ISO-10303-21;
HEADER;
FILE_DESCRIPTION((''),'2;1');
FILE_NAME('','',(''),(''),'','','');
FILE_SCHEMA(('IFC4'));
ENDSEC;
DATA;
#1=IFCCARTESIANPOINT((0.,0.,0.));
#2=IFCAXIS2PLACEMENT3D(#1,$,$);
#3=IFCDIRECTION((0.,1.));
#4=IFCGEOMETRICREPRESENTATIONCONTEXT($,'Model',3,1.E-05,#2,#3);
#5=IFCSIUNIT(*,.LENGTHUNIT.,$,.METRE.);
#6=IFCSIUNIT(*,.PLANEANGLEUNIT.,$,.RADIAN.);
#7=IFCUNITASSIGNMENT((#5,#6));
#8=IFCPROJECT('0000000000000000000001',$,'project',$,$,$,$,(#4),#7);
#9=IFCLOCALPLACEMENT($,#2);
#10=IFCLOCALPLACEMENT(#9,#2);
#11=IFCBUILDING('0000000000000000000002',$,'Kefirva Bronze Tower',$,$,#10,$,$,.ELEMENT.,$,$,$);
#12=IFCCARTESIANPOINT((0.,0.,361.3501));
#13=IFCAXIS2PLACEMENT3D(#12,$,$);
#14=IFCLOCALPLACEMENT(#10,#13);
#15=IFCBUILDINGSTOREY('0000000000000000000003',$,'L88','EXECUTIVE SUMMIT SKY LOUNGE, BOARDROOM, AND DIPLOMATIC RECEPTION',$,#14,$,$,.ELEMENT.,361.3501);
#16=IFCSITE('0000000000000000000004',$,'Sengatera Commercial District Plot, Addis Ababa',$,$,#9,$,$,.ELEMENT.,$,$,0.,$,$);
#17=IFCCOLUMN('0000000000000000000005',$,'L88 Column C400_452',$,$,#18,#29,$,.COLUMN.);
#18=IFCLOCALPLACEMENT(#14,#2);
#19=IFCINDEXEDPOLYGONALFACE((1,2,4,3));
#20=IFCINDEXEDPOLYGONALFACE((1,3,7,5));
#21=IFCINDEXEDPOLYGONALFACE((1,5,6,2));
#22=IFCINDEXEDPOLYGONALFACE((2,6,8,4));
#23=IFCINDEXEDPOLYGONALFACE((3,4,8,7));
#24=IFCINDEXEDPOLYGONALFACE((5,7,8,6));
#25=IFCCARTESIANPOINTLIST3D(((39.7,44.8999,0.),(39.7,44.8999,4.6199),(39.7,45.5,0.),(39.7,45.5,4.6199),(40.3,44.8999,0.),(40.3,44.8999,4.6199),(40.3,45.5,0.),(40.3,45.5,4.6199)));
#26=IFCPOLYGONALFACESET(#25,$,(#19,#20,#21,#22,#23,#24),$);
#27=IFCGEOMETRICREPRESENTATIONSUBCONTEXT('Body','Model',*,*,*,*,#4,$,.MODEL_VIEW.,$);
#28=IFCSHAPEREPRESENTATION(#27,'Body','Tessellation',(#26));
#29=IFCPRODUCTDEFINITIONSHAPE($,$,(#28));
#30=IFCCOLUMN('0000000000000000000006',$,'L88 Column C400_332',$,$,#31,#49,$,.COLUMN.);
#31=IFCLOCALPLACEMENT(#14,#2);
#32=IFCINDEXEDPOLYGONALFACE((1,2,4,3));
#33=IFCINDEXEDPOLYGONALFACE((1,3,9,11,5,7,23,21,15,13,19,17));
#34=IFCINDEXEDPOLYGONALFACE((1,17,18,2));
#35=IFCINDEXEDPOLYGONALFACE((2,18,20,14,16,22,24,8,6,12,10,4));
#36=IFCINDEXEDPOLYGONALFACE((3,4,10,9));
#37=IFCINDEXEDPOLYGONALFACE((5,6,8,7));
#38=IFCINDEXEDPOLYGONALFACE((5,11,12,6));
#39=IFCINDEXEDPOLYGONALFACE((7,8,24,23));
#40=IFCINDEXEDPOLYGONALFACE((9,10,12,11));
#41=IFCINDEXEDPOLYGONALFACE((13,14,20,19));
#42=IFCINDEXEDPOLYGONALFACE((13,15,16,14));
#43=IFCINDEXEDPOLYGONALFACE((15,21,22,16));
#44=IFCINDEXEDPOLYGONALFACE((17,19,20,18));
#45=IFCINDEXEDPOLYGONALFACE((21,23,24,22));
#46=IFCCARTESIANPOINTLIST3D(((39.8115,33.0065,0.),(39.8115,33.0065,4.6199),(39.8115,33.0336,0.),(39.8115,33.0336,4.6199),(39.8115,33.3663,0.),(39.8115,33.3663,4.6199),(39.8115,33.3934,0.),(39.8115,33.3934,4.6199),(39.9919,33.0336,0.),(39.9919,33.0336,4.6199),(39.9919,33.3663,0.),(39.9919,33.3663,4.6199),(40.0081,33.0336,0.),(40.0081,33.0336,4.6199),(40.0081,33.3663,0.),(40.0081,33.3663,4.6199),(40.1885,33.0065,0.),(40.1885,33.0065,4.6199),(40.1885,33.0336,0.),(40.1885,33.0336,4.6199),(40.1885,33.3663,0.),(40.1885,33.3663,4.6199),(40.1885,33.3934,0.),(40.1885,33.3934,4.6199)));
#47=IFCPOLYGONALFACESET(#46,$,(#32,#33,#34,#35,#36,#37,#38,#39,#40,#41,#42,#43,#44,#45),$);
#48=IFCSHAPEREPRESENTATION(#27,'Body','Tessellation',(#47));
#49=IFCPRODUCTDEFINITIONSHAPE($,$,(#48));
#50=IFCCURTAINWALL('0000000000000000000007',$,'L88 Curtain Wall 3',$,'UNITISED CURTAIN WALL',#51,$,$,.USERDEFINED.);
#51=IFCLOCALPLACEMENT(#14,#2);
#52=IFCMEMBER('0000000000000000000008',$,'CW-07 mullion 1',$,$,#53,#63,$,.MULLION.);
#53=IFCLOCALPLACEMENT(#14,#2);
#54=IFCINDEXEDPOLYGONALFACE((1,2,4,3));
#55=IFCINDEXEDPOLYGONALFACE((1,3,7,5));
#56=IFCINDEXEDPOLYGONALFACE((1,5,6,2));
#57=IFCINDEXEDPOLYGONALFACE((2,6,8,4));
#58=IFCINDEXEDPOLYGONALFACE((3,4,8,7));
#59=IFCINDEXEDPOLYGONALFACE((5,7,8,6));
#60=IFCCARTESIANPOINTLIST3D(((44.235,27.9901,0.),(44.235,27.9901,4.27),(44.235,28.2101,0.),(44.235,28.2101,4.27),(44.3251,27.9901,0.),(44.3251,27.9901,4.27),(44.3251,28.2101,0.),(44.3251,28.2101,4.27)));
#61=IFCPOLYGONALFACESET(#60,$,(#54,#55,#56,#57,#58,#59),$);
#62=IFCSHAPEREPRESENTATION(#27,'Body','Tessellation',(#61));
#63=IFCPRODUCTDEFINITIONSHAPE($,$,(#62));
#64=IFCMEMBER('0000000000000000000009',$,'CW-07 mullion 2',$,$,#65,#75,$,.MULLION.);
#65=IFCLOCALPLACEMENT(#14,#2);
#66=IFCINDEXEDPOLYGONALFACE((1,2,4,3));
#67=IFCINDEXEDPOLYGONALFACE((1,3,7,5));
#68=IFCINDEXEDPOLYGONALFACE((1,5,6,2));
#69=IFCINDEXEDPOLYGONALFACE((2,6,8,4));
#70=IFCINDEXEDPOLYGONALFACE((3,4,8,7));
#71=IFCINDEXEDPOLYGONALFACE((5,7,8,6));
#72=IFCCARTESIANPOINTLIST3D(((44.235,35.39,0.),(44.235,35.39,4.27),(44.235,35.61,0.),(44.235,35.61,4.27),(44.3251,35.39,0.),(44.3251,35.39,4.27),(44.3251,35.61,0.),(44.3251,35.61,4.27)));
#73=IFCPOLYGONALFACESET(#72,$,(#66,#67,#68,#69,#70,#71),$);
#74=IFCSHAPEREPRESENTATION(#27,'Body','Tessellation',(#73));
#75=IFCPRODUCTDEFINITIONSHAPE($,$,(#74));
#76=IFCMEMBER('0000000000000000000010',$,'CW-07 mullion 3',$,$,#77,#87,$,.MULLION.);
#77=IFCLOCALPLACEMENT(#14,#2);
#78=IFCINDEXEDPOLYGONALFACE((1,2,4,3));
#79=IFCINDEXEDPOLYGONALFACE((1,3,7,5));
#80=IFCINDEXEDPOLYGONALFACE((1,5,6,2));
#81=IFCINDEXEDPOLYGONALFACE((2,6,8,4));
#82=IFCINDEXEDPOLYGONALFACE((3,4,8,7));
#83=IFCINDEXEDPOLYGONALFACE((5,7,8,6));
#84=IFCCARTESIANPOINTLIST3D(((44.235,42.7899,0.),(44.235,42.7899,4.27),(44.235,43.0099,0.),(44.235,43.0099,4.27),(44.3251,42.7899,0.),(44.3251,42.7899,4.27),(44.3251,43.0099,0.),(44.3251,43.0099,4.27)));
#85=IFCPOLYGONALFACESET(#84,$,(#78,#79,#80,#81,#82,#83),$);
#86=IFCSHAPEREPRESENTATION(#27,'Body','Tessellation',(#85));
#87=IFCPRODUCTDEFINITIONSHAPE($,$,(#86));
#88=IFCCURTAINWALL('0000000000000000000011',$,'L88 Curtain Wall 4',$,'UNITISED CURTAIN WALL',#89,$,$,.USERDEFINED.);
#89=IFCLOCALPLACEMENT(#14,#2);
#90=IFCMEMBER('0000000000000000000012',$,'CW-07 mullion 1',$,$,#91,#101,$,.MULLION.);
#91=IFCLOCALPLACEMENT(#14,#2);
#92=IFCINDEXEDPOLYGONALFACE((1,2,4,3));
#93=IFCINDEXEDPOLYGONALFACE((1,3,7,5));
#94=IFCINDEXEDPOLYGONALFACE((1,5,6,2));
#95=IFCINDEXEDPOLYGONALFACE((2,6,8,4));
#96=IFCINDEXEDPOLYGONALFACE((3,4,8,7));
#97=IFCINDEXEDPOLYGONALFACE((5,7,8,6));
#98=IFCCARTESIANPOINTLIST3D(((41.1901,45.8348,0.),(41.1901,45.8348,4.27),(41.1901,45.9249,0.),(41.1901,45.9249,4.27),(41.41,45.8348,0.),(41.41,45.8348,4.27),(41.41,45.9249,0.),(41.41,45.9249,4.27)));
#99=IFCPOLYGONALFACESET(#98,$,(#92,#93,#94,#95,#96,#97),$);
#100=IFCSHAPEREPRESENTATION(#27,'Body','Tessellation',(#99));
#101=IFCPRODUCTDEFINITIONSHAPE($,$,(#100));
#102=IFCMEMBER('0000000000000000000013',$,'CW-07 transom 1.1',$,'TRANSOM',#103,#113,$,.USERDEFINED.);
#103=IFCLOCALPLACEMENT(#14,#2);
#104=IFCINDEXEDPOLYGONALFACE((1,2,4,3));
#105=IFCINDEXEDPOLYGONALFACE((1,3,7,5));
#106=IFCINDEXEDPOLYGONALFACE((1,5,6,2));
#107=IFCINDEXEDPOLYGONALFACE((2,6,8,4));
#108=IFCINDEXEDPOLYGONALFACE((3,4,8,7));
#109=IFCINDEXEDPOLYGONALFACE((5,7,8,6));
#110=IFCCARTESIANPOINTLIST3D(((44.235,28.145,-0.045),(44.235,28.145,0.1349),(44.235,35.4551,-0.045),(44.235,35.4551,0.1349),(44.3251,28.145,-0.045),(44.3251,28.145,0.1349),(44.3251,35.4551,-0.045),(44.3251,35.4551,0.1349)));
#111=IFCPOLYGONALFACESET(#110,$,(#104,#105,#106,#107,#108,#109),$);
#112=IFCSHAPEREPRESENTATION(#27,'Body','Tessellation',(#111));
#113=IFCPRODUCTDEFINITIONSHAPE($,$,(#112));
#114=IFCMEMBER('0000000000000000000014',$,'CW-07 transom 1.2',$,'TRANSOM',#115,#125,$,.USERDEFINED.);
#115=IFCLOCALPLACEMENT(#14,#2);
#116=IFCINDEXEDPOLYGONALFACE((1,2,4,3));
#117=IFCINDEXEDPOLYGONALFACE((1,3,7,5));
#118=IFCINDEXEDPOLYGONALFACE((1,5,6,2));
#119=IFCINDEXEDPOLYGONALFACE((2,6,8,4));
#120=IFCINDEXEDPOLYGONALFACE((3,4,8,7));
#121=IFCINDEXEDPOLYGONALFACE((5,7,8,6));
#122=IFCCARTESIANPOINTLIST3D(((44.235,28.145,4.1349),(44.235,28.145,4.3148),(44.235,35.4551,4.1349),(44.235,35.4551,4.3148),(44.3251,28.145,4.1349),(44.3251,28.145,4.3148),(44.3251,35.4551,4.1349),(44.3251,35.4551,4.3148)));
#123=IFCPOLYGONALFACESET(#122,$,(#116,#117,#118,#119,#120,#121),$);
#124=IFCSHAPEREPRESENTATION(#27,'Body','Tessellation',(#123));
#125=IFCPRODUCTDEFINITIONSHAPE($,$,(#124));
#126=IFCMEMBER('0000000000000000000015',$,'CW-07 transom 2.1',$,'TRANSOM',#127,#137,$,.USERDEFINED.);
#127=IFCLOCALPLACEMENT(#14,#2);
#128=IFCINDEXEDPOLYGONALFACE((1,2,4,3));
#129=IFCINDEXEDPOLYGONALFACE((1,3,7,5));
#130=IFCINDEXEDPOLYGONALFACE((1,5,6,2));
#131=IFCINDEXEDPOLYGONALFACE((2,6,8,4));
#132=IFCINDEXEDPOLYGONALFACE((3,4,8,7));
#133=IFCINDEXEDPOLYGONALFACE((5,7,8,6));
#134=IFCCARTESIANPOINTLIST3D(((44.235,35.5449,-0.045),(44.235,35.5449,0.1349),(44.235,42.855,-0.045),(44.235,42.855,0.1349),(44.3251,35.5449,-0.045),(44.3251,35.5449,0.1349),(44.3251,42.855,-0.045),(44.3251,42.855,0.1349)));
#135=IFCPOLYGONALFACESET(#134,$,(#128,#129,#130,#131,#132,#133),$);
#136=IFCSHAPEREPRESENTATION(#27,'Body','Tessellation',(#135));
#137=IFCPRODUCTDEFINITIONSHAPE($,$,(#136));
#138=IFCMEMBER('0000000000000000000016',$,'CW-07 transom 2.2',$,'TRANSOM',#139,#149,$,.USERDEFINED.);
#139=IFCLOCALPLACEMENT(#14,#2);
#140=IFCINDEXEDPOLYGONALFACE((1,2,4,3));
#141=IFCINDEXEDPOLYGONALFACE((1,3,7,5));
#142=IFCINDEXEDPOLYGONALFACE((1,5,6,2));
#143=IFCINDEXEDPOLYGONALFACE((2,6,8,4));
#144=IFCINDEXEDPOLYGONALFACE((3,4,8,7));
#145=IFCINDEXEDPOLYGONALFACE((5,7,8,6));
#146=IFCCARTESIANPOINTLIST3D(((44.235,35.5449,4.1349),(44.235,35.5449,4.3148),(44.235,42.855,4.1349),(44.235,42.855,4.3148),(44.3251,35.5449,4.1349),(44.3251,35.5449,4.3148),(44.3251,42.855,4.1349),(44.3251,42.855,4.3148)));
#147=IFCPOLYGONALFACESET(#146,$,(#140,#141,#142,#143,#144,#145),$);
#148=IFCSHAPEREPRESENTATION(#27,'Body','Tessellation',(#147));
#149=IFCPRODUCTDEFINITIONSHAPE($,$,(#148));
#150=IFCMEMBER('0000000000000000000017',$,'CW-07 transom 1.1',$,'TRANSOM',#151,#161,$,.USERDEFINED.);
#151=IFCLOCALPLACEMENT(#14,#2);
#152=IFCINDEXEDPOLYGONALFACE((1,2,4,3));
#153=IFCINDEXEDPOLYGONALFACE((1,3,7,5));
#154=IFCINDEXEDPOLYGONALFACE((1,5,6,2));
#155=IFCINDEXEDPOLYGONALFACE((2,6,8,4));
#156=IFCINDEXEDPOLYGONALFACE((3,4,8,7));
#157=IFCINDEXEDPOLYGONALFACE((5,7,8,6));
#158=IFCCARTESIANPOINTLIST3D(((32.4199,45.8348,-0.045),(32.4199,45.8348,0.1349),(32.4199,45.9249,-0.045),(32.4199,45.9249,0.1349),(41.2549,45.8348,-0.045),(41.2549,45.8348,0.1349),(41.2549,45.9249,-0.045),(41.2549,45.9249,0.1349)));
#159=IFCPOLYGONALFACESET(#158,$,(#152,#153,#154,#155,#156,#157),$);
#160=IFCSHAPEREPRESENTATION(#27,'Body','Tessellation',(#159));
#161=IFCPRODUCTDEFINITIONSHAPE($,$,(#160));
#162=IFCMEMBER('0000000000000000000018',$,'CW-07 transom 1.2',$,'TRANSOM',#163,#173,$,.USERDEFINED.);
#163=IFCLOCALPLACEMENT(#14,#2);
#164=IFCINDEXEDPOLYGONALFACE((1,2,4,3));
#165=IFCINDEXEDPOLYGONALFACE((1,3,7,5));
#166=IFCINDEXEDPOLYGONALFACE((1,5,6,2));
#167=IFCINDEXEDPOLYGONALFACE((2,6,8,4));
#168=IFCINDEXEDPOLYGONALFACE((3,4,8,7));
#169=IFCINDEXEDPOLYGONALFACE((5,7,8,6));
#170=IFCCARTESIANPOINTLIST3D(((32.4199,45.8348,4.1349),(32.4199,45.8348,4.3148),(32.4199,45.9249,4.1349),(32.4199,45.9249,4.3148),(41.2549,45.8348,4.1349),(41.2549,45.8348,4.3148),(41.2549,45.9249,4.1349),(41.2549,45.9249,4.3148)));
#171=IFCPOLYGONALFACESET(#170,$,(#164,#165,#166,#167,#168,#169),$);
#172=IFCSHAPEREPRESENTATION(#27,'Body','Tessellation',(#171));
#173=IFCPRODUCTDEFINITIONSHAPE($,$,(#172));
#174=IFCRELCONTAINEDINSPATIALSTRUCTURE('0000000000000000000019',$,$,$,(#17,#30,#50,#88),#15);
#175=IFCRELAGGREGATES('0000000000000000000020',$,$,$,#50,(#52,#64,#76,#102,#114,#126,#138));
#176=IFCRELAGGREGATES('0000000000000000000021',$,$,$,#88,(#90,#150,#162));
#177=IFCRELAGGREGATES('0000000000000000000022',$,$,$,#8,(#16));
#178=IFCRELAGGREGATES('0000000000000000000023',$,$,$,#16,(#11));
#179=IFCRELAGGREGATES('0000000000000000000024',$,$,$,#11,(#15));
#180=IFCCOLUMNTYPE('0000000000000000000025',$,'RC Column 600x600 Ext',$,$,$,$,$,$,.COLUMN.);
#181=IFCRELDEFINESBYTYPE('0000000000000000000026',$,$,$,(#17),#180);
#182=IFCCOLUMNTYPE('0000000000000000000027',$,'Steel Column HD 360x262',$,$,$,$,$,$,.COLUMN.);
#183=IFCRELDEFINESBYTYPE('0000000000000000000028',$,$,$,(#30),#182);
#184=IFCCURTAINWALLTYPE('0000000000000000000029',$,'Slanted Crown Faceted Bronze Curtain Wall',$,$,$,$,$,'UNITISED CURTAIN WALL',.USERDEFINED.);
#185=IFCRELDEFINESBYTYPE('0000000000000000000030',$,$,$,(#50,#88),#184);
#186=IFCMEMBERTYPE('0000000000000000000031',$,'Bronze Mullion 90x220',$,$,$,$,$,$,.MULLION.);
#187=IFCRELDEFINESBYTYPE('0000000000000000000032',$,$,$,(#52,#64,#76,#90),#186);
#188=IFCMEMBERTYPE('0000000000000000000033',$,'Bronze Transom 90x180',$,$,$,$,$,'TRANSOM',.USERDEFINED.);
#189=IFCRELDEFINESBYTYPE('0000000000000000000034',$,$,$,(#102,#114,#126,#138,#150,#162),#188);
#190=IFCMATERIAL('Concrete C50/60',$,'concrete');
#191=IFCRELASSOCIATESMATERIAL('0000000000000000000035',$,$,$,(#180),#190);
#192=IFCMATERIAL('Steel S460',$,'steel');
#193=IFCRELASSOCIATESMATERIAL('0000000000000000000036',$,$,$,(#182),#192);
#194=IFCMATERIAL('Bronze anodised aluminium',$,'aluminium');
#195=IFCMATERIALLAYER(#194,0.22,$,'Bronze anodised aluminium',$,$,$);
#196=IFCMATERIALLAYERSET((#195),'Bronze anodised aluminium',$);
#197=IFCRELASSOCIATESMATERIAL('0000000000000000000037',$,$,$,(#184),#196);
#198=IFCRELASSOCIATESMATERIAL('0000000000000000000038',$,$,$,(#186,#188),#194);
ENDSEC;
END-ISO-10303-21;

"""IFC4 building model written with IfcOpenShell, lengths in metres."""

from ifc_helpers import new_model, si_unit, direction, frame, origin, origin_2d, place, context, subcontext, project, spatial, rectangle, i_section, extrude, material, layer, layer_set, material_profile, profile_set, type_object, element, aggregate, save


model = new_model("IFC4")

# Units and contexts
model_context = context("Model", 3, precision=1e-05, world=origin(), true_north=direction((0.0, 1.0)))
body_context = subcontext(model_context, "Body", "Model", "MODEL_VIEW")
ifc_project = project(units=[si_unit("LENGTHUNIT", "METRE"), si_unit("PLANEANGLEUNIT", "RADIAN")], contexts=[model_context])

# Site, building, storey
site_placement = place(None, origin())
site = spatial("IfcSite", under=ifc_project, at=site_placement, Name="Sengatera Commercial District Plot, Addis Ababa", CompositionType="ELEMENT", RefElevation=0.0)
building_placement = place(site_placement, origin())
building = spatial("IfcBuilding", under=site, at=building_placement, Name="Kefirva Bronze Tower", CompositionType="ELEMENT")
storey_placement = place(building_placement, frame((0.0, 0.0, 361.3501)))
storey = spatial("IfcBuildingStorey", under=building, at=storey_placement, Name="L88", Description="EXECUTIVE SUMMIT SKY LOUNGE, BOARDROOM, AND DIPLOMATIC RECEPTION", CompositionType="ELEMENT", Elevation=361.3501)

# Columns
ifc_material_1 = material(Name="Concrete C50/60", Category="concrete")
ifc_material_profile_1 = material_profile(ifc_material_1, rectangle(XDim=0.6001, YDim=0.6001, at=origin_2d()), Name="RC 600x600")
ifc_profile_set_1 = profile_set([ifc_material_profile_1], Name="Concrete C50/60")
column_type_1 = type_object("IfcColumnType", Name="RC Column 600x600 Ext", PredefinedType="COLUMN", material=ifc_profile_set_1)
column_1_placement = place(storey_placement, frame((40.0, 45.2, 0.0), z_axis=(0.0, 0.0, 1.0), x_axis=(1.0, 0.0, 0.0)))
element("IfcColumn", 1, at=column_1_placement, inside=storey, type_object=column_type_1, Name="L88 Column C400_452", PredefinedType="COLUMN", context=body_context, shape_type="SweptSolid", body=[
    extrude(rectangle(XDim=0.6001, YDim=0.6001, at=origin_2d()), origin(), (0.0, 0.0, 1.0), 4.6199),
])
ifc_material_2 = material(Name="Steel S460", Category="steel")
ifc_material_profile_2 = material_profile(ifc_material_2, i_section(OverallWidth=0.377, OverallDepth=0.387, WebThickness=0.0161, FlangeThickness=0.0271, at=origin_2d()), Name="HD 360x262")
ifc_profile_set_2 = profile_set([ifc_material_profile_2], Name="Steel S460")
column_type_2 = type_object("IfcColumnType", Name="Steel Column HD 360x262", PredefinedType="COLUMN", material=ifc_profile_set_2)
column_2_placement = place(storey_placement, frame((40.0, 33.2, 0.0), z_axis=(0.0, 0.0, 1.0), x_axis=(1.0, 0.0, 0.0)))
element("IfcColumn", 2, at=column_2_placement, inside=storey, type_object=column_type_2, Name="L88 Column C400_332", PredefinedType="COLUMN", context=body_context, shape_type="SweptSolid", body=[
    extrude(i_section(OverallWidth=0.377, OverallDepth=0.387, WebThickness=0.0161, FlangeThickness=0.0271, at=origin_2d()), origin(), (0.0, 0.0, 1.0), 4.6199),
])

# Curtain wall, members
ifc_material_3 = material(Name="Bronze anodised aluminium", Category="aluminium")
ifc_layer_1 = layer(ifc_material_3, 0.22, Name="Bronze anodised aluminium")
ifc_layer_set_1 = layer_set([ifc_layer_1], Name="Bronze anodised aluminium")
curtain_wall_type = type_object("IfcCurtainWallType", Name="Slanted Crown Faceted Bronze Curtain Wall", ElementType="UNITISED CURTAIN WALL", PredefinedType="USERDEFINED", material=ifc_layer_set_1)
curtain_wall_1_placement = place(storey_placement, origin())
curtain_wall_1 = element("IfcCurtainWall", 3, at=curtain_wall_1_placement, inside=storey, type_object=curtain_wall_type, Name="L88 Curtain Wall 3", ObjectType="UNITISED CURTAIN WALL", PredefinedType="USERDEFINED")
ifc_material_profile_3 = material_profile(ifc_material_3, rectangle(XDim=0.0901, YDim=0.22, at=origin_2d()), Name="ALU 90x220")
ifc_profile_set_3 = profile_set([ifc_material_profile_3], Name="Bronze anodised aluminium")
member_type_1 = type_object("IfcMemberType", Name="Bronze Mullion 90x220", PredefinedType="MULLION", material=ifc_profile_set_3)
member_1_placement = place(storey_placement, frame((44.28, 28.1001, 0.0), z_axis=(0.0, 0.0, 1.0), x_axis=(-1.0, 0.0, 0.0)))
member_1 = element("IfcMember", 4, at=member_1_placement, type_object=member_type_1, Name="CW-07 mullion 1", PredefinedType="MULLION", context=body_context, shape_type="SweptSolid", body=[
    extrude(rectangle(XDim=0.0901, YDim=0.22, at=origin_2d()), origin(), (0.0, 0.0, 1.0), 4.27),
])
member_2_placement = place(storey_placement, frame((44.28, 35.5, 0.0), z_axis=(0.0, 0.0, 1.0), x_axis=(-1.0, 0.0, 0.0)))
member_2 = element("IfcMember", 5, at=member_2_placement, type_object=member_type_1, Name="CW-07 mullion 2", PredefinedType="MULLION", context=body_context, shape_type="SweptSolid", body=[
    extrude(rectangle(XDim=0.0901, YDim=0.22, at=origin_2d()), origin(), (0.0, 0.0, 1.0), 4.27),
])
member_3_placement = place(storey_placement, frame((44.28, 42.8999, 0.0), z_axis=(0.0, 0.0, 1.0), x_axis=(-1.0, 0.0, 0.0)))
member_3 = element("IfcMember", 6, at=member_3_placement, type_object=member_type_1, Name="CW-07 mullion 3", PredefinedType="MULLION", context=body_context, shape_type="SweptSolid", body=[
    extrude(rectangle(XDim=0.0901, YDim=0.22, at=origin_2d()), origin(), (0.0, 0.0, 1.0), 4.27),
])

# Curtain wall, member
curtain_wall_2_placement = place(storey_placement, origin())
curtain_wall_2 = element("IfcCurtainWall", 7, at=curtain_wall_2_placement, inside=storey, type_object=curtain_wall_type, Name="L88 Curtain Wall 4", ObjectType="UNITISED CURTAIN WALL", PredefinedType="USERDEFINED")
member_4_placement = place(storey_placement, frame((41.3, 45.8799, 0.0), z_axis=(0.0, 0.0, 1.0), x_axis=(0.0, -1.0, 0.0)))
member_4 = element("IfcMember", 8, at=member_4_placement, type_object=member_type_1, Name="CW-07 mullion 1", PredefinedType="MULLION", context=body_context, shape_type="SweptSolid", body=[
    extrude(rectangle(XDim=0.0901, YDim=0.22, at=origin_2d()), origin(), (0.0, 0.0, 1.0), 4.27),
])

# Members
ifc_material_profile_4 = material_profile(ifc_material_3, rectangle(XDim=0.0901, YDim=0.1799, at=origin_2d()), Name="ALU 90x180")
ifc_profile_set_4 = profile_set([ifc_material_profile_4], Name="Bronze anodised aluminium")
member_type_2 = type_object("IfcMemberType", Name="Bronze Transom 90x180", ElementType="TRANSOM", PredefinedType="USERDEFINED", material=ifc_profile_set_4)
member_5_placement = place(storey_placement, frame((44.28, 28.145, 0.0449), z_axis=(0.0, 1.0, 0.0), x_axis=(-1.0, 0.0, 0.0)))
member_5 = element("IfcMember", 9, at=member_5_placement, type_object=member_type_2, Name="CW-07 transom 1.1", ObjectType="TRANSOM", PredefinedType="USERDEFINED", context=body_context, shape_type="SweptSolid", body=[
    extrude(rectangle(XDim=0.0901, YDim=0.1799, at=origin_2d()), origin(), (0.0, 0.0, 1.0), 7.3101),
])
member_6_placement = place(storey_placement, frame((44.28, 28.145, 4.2249), z_axis=(0.0, 1.0, 0.0), x_axis=(-1.0, 0.0, 0.0)))
member_6 = element("IfcMember", 10, at=member_6_placement, type_object=member_type_2, Name="CW-07 transom 1.2", ObjectType="TRANSOM", PredefinedType="USERDEFINED", context=body_context, shape_type="SweptSolid", body=[
    extrude(rectangle(XDim=0.0901, YDim=0.1799, at=origin_2d()), origin(), (0.0, 0.0, 1.0), 7.3101),
])
member_7_placement = place(storey_placement, frame((44.28, 35.5449, 0.0449), z_axis=(0.0, 1.0, 0.0), x_axis=(-1.0, 0.0, 0.0)))
member_7 = element("IfcMember", 11, at=member_7_placement, type_object=member_type_2, Name="CW-07 transom 2.1", ObjectType="TRANSOM", PredefinedType="USERDEFINED", context=body_context, shape_type="SweptSolid", body=[
    extrude(rectangle(XDim=0.0901, YDim=0.1799, at=origin_2d()), origin(), (0.0, 0.0, 1.0), 7.3101),
])
member_8_placement = place(storey_placement, frame((44.28, 35.5449, 4.2249), z_axis=(0.0, 1.0, 0.0), x_axis=(-1.0, 0.0, 0.0)))
member_8 = element("IfcMember", 12, at=member_8_placement, type_object=member_type_2, Name="CW-07 transom 2.2", ObjectType="TRANSOM", PredefinedType="USERDEFINED", context=body_context, shape_type="SweptSolid", body=[
    extrude(rectangle(XDim=0.0901, YDim=0.1799, at=origin_2d()), origin(), (0.0, 0.0, 1.0), 7.3101),
])
member_9_placement = place(storey_placement, frame((41.2549, 45.8799, 0.0449), z_axis=(-1.0, 0.0, 0.0), x_axis=(0.0, -1.0, 0.0)))
member_9 = element("IfcMember", 13, at=member_9_placement, type_object=member_type_2, Name="CW-07 transom 1.1", ObjectType="TRANSOM", PredefinedType="USERDEFINED", context=body_context, shape_type="SweptSolid", body=[
    extrude(rectangle(XDim=0.0901, YDim=0.1799, at=origin_2d()), origin(), (0.0, 0.0, 1.0), 8.835),
])
member_10_placement = place(storey_placement, frame((41.2549, 45.8799, 4.2249), z_axis=(-1.0, 0.0, 0.0), x_axis=(0.0, -1.0, 0.0)))
member_10 = element("IfcMember", 14, at=member_10_placement, type_object=member_type_2, Name="CW-07 transom 1.2", ObjectType="TRANSOM", PredefinedType="USERDEFINED", context=body_context, shape_type="SweptSolid", body=[
    extrude(rectangle(XDim=0.0901, YDim=0.1799, at=origin_2d()), origin(), (0.0, 0.0, 1.0), 8.835),
])

aggregate(curtain_wall_1, [member_1, member_2, member_3, member_5, member_6, member_7, member_8])
aggregate(curtain_wall_2, [member_4, member_9, member_10])

save(model, "model.ifc")
